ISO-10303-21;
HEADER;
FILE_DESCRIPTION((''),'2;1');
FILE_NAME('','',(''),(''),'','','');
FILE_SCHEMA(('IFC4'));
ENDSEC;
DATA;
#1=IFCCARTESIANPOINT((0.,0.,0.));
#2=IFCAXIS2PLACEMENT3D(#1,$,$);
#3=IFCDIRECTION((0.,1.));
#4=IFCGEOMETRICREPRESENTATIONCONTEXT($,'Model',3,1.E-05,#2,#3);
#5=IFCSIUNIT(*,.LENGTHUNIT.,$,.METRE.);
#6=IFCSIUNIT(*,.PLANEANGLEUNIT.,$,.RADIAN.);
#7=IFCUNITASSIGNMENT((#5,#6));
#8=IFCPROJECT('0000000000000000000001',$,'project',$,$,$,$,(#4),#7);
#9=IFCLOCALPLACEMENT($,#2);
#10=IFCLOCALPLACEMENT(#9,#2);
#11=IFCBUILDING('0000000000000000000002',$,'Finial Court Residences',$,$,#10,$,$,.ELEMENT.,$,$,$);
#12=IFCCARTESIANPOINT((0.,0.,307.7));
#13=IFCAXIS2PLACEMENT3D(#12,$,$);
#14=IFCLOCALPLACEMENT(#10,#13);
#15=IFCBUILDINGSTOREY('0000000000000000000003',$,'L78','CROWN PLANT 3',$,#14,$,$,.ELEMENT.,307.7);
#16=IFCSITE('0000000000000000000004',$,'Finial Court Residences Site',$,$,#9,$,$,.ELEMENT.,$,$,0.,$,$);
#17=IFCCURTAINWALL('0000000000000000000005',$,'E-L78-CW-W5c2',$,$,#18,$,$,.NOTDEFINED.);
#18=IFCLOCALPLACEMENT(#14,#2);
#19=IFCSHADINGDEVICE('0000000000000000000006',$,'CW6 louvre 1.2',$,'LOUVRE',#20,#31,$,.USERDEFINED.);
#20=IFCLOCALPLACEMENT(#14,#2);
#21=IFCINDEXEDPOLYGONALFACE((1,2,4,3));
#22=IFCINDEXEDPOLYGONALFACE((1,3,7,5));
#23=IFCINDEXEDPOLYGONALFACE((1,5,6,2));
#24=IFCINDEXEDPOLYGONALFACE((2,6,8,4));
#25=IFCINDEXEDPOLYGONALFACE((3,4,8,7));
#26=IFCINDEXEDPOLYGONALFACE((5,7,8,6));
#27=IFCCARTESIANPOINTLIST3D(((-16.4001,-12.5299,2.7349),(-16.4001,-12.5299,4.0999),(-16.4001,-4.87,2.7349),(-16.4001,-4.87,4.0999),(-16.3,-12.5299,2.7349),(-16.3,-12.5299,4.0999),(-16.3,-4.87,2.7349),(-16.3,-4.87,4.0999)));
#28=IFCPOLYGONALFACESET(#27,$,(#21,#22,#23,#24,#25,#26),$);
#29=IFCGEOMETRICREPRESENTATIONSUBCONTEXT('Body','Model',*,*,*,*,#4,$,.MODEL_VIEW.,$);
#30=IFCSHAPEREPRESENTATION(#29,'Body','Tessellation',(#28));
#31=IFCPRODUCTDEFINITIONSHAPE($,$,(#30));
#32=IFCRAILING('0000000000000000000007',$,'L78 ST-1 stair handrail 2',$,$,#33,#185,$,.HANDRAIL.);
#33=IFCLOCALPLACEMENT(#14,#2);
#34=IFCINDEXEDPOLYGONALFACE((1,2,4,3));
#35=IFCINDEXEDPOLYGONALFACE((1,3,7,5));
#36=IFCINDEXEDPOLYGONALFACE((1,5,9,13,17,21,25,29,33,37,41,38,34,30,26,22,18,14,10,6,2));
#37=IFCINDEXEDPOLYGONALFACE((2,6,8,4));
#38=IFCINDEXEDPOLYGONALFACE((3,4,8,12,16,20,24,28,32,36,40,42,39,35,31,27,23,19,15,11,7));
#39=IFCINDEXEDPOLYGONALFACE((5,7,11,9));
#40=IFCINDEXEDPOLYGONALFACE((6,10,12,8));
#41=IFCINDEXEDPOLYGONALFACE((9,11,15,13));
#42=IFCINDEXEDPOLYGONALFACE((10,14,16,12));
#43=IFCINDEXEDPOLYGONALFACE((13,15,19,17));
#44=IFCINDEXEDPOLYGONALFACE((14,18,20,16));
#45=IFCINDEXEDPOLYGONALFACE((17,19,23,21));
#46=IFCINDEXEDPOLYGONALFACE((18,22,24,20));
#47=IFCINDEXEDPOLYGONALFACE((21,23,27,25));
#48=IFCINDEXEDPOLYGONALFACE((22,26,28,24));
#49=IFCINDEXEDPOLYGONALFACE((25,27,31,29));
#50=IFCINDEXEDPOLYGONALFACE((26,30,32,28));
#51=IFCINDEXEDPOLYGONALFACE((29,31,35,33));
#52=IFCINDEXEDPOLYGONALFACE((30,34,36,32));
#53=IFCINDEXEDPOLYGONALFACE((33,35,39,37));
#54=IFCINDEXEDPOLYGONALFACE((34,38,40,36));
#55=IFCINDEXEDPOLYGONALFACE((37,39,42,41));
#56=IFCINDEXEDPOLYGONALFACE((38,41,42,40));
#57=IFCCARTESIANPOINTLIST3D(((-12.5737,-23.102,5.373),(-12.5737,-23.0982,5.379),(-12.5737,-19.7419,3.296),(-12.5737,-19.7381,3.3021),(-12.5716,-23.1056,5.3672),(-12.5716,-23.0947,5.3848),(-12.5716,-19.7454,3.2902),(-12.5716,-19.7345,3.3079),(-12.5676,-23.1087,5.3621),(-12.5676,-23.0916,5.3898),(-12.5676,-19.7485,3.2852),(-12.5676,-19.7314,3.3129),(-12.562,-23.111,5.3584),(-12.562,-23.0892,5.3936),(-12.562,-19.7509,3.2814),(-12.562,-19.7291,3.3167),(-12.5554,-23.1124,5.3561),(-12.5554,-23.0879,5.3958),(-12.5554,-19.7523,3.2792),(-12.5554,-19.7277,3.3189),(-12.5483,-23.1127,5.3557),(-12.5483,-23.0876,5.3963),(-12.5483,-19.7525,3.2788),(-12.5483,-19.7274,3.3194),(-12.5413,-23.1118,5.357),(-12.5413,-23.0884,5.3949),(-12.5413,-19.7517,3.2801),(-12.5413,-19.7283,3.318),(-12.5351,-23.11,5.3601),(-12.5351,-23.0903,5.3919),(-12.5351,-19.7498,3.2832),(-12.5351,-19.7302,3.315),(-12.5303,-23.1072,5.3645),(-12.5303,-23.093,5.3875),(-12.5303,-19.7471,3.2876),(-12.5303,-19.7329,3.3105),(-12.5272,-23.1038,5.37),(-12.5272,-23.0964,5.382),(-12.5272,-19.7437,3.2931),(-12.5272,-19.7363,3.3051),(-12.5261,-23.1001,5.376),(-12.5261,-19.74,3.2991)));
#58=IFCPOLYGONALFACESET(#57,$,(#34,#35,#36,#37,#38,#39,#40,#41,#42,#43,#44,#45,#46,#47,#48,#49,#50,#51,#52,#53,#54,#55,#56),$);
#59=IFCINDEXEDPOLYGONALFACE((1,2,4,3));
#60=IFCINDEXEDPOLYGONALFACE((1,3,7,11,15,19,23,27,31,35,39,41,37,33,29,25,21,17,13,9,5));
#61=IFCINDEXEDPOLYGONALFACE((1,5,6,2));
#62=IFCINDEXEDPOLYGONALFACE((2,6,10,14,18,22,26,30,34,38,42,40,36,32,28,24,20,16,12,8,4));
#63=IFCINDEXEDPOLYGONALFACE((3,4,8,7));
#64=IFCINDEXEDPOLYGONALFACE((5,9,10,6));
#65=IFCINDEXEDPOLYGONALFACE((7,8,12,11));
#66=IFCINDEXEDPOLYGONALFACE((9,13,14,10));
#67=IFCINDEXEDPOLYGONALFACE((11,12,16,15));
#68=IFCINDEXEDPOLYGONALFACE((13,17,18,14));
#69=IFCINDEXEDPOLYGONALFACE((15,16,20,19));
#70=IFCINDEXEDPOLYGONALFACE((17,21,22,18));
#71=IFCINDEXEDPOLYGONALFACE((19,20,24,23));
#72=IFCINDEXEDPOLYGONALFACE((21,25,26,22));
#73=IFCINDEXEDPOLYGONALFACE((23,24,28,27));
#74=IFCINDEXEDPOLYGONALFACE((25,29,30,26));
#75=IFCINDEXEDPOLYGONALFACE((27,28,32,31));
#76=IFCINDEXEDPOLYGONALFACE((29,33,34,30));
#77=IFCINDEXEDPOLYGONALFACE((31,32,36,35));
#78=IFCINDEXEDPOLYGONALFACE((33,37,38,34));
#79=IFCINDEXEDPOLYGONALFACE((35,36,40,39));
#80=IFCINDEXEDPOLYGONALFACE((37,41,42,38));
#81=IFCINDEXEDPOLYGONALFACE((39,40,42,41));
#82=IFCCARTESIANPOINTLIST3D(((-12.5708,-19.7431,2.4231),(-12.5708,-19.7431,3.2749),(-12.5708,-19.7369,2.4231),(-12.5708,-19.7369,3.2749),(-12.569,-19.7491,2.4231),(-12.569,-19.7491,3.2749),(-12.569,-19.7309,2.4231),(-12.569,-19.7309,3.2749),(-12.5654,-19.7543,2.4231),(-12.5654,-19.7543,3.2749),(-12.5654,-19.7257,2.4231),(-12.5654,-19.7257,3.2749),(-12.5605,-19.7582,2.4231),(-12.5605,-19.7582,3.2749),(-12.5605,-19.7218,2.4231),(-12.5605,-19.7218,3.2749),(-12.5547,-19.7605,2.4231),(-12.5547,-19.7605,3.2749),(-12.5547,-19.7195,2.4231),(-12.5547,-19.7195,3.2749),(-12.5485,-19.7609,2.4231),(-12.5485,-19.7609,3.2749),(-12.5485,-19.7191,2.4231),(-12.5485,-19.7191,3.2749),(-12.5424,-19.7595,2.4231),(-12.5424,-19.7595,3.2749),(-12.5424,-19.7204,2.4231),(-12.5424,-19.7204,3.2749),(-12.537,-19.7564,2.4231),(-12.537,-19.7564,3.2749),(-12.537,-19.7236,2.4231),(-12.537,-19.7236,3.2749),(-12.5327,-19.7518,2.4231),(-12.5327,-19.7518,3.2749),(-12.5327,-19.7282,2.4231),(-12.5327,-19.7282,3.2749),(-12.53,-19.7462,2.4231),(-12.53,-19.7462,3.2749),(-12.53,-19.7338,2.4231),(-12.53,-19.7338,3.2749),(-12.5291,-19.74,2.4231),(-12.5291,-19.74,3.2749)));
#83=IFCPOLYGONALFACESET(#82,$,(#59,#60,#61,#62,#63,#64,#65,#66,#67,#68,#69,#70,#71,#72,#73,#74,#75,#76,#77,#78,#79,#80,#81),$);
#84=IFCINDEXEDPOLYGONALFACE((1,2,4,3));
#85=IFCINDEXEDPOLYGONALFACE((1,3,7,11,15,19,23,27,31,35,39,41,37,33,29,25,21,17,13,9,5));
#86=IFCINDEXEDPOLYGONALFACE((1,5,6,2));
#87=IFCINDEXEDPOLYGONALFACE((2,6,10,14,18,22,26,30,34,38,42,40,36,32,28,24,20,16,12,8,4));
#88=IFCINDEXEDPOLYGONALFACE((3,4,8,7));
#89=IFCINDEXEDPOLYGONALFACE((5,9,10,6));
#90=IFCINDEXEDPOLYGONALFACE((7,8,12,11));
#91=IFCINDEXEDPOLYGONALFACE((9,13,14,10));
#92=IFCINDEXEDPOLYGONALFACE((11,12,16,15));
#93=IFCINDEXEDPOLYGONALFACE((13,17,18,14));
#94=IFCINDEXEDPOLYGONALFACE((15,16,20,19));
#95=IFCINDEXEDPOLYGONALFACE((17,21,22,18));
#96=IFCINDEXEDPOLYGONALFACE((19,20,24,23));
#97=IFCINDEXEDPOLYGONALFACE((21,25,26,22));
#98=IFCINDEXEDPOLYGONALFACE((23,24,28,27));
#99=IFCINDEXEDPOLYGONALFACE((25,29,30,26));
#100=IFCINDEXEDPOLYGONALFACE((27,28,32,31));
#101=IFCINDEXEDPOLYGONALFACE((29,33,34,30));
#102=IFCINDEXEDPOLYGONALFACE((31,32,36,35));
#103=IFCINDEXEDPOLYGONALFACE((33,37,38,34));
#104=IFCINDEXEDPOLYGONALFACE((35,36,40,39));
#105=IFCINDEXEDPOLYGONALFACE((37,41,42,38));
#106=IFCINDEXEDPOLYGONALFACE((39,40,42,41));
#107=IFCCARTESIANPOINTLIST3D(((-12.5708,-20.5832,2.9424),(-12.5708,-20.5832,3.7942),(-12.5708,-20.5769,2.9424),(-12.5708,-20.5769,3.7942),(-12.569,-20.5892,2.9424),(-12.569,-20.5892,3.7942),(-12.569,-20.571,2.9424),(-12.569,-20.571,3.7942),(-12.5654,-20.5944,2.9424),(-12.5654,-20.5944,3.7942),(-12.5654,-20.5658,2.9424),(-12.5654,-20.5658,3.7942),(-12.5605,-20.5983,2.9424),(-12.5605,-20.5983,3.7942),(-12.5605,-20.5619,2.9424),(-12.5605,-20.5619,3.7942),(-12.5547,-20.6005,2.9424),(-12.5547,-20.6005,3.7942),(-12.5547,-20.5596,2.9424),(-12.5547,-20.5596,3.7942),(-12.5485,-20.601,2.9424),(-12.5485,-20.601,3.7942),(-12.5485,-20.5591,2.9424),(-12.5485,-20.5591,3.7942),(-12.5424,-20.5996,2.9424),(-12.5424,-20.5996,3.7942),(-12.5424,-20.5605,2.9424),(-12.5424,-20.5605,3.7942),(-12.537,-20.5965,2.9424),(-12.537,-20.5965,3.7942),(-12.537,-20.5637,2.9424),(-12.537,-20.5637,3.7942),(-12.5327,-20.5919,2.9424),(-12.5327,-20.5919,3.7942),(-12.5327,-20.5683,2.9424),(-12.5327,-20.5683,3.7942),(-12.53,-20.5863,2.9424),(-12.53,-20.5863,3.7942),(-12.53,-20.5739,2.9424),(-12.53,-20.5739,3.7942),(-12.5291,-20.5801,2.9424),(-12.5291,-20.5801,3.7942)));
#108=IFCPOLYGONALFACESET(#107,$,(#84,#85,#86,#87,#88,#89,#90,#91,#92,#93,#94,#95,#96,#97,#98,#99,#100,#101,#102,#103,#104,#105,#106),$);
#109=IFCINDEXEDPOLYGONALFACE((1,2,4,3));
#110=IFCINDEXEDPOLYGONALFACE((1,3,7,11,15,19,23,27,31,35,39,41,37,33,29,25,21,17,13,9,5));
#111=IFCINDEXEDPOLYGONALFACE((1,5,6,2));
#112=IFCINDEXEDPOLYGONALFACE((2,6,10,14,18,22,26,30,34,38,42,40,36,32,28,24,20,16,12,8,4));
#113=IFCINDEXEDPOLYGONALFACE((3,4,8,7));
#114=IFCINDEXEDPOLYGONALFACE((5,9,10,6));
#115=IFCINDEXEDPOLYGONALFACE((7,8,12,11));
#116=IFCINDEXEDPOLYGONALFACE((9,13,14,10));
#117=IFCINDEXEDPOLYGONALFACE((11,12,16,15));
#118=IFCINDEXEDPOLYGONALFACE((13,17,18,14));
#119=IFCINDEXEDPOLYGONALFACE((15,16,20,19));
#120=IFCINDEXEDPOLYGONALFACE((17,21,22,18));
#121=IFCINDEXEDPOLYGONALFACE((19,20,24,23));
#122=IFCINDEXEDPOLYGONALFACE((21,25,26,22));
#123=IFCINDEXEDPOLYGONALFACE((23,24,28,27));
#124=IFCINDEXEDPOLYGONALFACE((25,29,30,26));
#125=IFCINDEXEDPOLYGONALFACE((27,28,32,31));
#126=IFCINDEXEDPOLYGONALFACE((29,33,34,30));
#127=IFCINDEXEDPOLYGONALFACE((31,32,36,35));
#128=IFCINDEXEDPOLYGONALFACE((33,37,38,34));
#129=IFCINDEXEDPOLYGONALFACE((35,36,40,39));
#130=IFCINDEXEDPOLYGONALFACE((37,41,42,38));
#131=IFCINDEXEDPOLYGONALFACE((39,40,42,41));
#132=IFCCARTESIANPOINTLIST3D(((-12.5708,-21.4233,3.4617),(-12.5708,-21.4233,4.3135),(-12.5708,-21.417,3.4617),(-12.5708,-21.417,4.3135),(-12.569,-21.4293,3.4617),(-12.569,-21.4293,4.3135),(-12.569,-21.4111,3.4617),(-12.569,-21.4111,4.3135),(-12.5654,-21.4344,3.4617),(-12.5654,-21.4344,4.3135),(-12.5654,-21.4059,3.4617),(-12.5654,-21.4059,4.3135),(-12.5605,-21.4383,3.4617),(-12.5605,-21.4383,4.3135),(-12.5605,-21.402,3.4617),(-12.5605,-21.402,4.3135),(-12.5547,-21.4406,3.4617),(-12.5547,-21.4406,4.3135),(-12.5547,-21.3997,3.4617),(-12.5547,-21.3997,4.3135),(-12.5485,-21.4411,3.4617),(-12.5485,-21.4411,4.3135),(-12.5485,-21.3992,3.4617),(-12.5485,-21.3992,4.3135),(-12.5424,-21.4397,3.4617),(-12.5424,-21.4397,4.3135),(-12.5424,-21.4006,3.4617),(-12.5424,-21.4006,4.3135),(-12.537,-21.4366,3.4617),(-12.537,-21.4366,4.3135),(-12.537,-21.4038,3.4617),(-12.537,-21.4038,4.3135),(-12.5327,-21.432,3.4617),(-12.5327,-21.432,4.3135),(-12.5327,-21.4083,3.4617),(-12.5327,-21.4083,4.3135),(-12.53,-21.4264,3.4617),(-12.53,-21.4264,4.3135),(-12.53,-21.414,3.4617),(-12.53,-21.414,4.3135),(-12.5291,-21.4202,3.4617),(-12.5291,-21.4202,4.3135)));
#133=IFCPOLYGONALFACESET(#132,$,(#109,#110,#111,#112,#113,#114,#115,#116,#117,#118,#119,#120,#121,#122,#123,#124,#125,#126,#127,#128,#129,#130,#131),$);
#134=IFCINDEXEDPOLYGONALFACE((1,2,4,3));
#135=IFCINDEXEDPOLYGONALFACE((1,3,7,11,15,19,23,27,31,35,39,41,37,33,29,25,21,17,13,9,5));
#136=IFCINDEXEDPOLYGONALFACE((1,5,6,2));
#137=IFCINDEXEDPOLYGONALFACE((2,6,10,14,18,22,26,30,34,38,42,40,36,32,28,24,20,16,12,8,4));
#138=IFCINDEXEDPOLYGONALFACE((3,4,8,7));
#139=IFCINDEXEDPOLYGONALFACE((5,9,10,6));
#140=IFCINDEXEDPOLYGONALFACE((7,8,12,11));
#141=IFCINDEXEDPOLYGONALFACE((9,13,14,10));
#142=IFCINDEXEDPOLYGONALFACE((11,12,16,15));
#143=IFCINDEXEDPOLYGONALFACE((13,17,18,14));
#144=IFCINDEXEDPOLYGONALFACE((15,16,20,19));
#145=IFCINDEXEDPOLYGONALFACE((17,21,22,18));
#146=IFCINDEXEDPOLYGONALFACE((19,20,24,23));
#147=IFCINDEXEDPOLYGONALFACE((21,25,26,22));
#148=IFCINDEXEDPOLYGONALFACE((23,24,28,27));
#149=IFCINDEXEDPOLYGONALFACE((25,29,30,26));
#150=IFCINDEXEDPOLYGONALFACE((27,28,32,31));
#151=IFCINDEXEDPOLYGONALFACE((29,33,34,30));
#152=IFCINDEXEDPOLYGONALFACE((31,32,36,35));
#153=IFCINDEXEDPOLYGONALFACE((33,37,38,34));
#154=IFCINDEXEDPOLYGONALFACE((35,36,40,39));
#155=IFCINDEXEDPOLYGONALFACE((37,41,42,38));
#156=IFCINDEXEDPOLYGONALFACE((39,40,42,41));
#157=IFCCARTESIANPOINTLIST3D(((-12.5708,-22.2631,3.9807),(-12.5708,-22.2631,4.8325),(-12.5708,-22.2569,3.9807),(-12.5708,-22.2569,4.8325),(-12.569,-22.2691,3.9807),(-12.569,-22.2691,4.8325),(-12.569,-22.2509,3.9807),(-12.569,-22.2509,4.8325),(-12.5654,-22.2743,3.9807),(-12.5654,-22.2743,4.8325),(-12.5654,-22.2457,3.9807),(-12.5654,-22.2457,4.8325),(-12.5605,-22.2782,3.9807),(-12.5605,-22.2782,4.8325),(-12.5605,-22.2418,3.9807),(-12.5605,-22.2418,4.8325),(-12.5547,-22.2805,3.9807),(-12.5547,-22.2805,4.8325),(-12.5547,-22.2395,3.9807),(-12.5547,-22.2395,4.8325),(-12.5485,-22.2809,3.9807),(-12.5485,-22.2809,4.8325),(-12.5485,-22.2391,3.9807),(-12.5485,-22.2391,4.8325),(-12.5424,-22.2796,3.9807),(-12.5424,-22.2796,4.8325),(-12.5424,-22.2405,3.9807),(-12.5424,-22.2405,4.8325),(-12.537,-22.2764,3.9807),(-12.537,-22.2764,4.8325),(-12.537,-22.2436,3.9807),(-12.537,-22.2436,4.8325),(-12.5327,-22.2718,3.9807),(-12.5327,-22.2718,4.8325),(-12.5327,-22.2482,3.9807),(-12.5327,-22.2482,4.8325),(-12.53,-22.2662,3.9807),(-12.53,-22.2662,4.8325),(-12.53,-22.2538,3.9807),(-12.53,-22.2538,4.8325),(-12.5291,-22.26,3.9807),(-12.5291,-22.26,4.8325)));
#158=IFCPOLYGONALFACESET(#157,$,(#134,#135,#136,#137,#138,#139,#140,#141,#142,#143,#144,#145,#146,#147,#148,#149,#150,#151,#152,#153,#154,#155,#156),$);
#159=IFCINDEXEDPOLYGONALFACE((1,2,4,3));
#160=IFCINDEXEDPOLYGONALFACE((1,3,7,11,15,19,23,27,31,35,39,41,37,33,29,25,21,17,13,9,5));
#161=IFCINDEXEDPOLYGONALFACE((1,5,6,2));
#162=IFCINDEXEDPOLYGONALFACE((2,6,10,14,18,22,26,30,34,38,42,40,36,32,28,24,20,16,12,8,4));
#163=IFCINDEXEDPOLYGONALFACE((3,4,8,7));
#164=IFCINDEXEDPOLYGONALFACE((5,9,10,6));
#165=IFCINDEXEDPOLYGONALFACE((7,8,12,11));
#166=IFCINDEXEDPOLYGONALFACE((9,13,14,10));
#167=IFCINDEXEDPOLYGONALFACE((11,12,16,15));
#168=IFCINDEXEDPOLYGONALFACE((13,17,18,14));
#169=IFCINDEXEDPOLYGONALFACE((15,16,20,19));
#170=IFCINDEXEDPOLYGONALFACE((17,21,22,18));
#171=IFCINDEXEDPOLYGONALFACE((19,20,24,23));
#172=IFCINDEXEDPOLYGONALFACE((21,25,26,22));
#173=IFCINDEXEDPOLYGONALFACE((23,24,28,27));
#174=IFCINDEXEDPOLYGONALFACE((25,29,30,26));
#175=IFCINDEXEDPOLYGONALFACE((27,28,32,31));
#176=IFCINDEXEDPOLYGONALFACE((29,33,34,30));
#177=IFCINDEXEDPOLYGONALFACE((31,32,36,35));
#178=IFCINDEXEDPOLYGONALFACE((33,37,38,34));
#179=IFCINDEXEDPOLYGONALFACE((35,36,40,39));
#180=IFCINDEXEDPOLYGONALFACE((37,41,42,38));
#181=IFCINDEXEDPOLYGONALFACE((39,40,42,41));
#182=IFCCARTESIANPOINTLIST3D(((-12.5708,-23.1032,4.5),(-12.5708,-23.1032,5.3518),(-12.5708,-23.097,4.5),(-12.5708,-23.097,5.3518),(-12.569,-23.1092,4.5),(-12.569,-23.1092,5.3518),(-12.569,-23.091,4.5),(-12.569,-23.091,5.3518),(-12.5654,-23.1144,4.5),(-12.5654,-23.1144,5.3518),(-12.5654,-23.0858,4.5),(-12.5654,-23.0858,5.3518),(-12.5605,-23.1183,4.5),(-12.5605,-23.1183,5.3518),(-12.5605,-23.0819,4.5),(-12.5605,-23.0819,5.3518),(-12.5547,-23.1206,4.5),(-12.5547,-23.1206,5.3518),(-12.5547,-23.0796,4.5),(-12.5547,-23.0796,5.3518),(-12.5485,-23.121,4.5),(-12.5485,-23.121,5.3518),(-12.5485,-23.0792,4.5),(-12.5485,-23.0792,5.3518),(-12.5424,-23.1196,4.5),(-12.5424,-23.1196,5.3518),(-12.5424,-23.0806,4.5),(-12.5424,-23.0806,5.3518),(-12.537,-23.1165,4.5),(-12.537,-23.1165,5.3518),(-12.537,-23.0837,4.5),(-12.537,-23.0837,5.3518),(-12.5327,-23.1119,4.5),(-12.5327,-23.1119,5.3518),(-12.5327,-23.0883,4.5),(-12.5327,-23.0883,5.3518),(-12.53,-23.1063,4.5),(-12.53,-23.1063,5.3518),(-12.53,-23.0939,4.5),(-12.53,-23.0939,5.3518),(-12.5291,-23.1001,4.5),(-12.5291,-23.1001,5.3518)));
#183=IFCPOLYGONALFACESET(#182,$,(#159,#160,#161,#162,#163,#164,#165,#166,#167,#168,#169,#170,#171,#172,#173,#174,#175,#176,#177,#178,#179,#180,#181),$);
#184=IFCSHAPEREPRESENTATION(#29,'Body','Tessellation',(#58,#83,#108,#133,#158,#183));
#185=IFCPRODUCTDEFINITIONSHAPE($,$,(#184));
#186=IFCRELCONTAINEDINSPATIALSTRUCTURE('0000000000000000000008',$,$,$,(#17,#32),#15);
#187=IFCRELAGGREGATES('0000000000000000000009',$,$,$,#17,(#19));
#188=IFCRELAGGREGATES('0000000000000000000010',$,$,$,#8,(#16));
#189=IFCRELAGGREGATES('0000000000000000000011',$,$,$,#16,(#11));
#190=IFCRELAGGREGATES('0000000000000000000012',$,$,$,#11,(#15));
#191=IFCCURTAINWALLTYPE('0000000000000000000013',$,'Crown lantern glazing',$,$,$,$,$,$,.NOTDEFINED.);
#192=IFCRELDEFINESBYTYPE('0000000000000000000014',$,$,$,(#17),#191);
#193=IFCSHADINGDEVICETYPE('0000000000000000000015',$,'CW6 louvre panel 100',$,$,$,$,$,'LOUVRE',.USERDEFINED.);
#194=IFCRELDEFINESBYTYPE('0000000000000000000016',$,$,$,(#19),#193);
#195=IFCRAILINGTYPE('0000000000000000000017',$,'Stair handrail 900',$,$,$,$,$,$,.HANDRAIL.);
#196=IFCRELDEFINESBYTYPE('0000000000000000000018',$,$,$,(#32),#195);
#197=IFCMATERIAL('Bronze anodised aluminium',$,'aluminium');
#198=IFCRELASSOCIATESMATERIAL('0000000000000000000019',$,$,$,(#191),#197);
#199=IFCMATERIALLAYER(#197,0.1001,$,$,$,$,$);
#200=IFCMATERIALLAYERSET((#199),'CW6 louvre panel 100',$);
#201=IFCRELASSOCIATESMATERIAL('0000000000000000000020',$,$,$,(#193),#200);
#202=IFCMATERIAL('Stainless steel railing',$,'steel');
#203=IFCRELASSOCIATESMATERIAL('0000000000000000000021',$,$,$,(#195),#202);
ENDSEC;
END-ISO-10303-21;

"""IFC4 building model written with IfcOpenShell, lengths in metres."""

from ifc_helpers import new_model, si_unit, direction, frame, origin, origin_2d, place, context, subcontext, project, spatial, rectangle, circle, extrude, material, layer, layer_set, type_object, element, aggregate, save


model = new_model("IFC4")

# Units and contexts
model_context = context("Model", 3, precision=1e-05, world=origin(), true_north=direction((0.0, 1.0)))
body_context = subcontext(model_context, "Body", "Model", "MODEL_VIEW")
ifc_project = project(units=[si_unit("LENGTHUNIT", "METRE"), si_unit("PLANEANGLEUNIT", "RADIAN")], contexts=[model_context])

# Site, building, storey
site_placement = place(None, origin())
site = spatial("IfcSite", under=ifc_project, at=site_placement, Name="Finial Court Residences Site", CompositionType="ELEMENT", RefElevation=0.0)
building_placement = place(site_placement, origin())
building = spatial("IfcBuilding", under=site, at=building_placement, Name="Finial Court Residences", CompositionType="ELEMENT")
storey_placement = place(building_placement, frame((0.0, 0.0, 307.7)))
storey = spatial("IfcBuildingStorey", under=building, at=storey_placement, Name="L78", Description="CROWN PLANT 3", CompositionType="ELEMENT", Elevation=307.7)

# Shared definitions
ifc_material_1 = material(Name="Bronze anodised aluminium", Category="aluminium")
curtain_wall_type = type_object("IfcCurtainWallType", Name="Crown lantern glazing", PredefinedType="NOTDEFINED", material=ifc_material_1)

# Curtain wall
curtain_wall_1_placement = place(storey_placement, origin())
curtain_wall_1 = element("IfcCurtainWall", 1, at=curtain_wall_1_placement, inside=storey, type_object=curtain_wall_type, Name="E-L78-CW-W5c2", PredefinedType="NOTDEFINED")

# Shading device
ifc_layer_1 = layer(ifc_material_1, 0.1001)
ifc_layer_set_1 = layer_set([ifc_layer_1], Name="CW6 louvre panel 100")
shading_device_type = type_object("IfcShadingDeviceType", Name="CW6 louvre panel 100", ElementType="LOUVRE", PredefinedType="USERDEFINED", material=ifc_layer_set_1)
shading_device_1_placement = place(storey_placement, frame((-16.3501, -8.7, 2.7349), z_axis=(0.0, 0.0, 1.0), x_axis=(0.0, 1.0, 0.0)))
shading_device_1 = element("IfcShadingDevice", 2, at=shading_device_1_placement, type_object=shading_device_type, Name="CW6 louvre 1.2", ObjectType="LOUVRE", PredefinedType="USERDEFINED", context=body_context, shape_type="SweptSolid", body=[
    extrude(rectangle(XDim=7.6599, YDim=0.1001, at=origin_2d()), origin(), (0.0, 0.0, 1.0), 1.365),
])
aggregate(curtain_wall_1, [shading_device_1])

# Railing
ifc_material_2 = material(Name="Stainless steel railing", Category="steel")
railing_type = type_object("IfcRailingType", Name="Stair handrail 900", PredefinedType="HANDRAIL", material=ifc_material_2)
railing_placement = place(storey_placement, frame((-12.55, -19.74, 2.4231)))
element("IfcRailing", 3, at=railing_placement, inside=storey, type_object=railing_type, Name="L78 ST-1 stair handrail 2", PredefinedType="HANDRAIL", context=body_context, shape_type="SweptSolid", body=[
    extrude(circle(Radius=0.0239, at=origin_2d()), frame((0.0, 0.0, 0.876), z_axis=(0.0, -0.850623, 0.525776), x_axis=(1.0, 0.0, 0.0)), (0.0, 0.0, 1.0), 3.9502),
    extrude(circle(Radius=0.021, at=origin_2d()), origin(), (0.0, 0.0, 1.0), 0.8518),
    extrude(circle(Radius=0.021, at=origin_2d()), frame((0.0, -0.8401, 0.5193)), (0.0, 0.0, 1.0), 0.8518),
    extrude(circle(Radius=0.021, at=origin_2d()), frame((0.0, -1.6802, 1.0386)), (0.0, 0.0, 1.0), 0.8518),
    extrude(circle(Radius=0.021, at=origin_2d()), frame((0.0, -2.52, 1.5576)), (0.0, 0.0, 1.0), 0.8518),
    extrude(circle(Radius=0.021, at=origin_2d()), frame((0.0, -3.3601, 2.0769)), (0.0, 0.0, 1.0), 0.8518),
])

save(model, "model.ifc")
